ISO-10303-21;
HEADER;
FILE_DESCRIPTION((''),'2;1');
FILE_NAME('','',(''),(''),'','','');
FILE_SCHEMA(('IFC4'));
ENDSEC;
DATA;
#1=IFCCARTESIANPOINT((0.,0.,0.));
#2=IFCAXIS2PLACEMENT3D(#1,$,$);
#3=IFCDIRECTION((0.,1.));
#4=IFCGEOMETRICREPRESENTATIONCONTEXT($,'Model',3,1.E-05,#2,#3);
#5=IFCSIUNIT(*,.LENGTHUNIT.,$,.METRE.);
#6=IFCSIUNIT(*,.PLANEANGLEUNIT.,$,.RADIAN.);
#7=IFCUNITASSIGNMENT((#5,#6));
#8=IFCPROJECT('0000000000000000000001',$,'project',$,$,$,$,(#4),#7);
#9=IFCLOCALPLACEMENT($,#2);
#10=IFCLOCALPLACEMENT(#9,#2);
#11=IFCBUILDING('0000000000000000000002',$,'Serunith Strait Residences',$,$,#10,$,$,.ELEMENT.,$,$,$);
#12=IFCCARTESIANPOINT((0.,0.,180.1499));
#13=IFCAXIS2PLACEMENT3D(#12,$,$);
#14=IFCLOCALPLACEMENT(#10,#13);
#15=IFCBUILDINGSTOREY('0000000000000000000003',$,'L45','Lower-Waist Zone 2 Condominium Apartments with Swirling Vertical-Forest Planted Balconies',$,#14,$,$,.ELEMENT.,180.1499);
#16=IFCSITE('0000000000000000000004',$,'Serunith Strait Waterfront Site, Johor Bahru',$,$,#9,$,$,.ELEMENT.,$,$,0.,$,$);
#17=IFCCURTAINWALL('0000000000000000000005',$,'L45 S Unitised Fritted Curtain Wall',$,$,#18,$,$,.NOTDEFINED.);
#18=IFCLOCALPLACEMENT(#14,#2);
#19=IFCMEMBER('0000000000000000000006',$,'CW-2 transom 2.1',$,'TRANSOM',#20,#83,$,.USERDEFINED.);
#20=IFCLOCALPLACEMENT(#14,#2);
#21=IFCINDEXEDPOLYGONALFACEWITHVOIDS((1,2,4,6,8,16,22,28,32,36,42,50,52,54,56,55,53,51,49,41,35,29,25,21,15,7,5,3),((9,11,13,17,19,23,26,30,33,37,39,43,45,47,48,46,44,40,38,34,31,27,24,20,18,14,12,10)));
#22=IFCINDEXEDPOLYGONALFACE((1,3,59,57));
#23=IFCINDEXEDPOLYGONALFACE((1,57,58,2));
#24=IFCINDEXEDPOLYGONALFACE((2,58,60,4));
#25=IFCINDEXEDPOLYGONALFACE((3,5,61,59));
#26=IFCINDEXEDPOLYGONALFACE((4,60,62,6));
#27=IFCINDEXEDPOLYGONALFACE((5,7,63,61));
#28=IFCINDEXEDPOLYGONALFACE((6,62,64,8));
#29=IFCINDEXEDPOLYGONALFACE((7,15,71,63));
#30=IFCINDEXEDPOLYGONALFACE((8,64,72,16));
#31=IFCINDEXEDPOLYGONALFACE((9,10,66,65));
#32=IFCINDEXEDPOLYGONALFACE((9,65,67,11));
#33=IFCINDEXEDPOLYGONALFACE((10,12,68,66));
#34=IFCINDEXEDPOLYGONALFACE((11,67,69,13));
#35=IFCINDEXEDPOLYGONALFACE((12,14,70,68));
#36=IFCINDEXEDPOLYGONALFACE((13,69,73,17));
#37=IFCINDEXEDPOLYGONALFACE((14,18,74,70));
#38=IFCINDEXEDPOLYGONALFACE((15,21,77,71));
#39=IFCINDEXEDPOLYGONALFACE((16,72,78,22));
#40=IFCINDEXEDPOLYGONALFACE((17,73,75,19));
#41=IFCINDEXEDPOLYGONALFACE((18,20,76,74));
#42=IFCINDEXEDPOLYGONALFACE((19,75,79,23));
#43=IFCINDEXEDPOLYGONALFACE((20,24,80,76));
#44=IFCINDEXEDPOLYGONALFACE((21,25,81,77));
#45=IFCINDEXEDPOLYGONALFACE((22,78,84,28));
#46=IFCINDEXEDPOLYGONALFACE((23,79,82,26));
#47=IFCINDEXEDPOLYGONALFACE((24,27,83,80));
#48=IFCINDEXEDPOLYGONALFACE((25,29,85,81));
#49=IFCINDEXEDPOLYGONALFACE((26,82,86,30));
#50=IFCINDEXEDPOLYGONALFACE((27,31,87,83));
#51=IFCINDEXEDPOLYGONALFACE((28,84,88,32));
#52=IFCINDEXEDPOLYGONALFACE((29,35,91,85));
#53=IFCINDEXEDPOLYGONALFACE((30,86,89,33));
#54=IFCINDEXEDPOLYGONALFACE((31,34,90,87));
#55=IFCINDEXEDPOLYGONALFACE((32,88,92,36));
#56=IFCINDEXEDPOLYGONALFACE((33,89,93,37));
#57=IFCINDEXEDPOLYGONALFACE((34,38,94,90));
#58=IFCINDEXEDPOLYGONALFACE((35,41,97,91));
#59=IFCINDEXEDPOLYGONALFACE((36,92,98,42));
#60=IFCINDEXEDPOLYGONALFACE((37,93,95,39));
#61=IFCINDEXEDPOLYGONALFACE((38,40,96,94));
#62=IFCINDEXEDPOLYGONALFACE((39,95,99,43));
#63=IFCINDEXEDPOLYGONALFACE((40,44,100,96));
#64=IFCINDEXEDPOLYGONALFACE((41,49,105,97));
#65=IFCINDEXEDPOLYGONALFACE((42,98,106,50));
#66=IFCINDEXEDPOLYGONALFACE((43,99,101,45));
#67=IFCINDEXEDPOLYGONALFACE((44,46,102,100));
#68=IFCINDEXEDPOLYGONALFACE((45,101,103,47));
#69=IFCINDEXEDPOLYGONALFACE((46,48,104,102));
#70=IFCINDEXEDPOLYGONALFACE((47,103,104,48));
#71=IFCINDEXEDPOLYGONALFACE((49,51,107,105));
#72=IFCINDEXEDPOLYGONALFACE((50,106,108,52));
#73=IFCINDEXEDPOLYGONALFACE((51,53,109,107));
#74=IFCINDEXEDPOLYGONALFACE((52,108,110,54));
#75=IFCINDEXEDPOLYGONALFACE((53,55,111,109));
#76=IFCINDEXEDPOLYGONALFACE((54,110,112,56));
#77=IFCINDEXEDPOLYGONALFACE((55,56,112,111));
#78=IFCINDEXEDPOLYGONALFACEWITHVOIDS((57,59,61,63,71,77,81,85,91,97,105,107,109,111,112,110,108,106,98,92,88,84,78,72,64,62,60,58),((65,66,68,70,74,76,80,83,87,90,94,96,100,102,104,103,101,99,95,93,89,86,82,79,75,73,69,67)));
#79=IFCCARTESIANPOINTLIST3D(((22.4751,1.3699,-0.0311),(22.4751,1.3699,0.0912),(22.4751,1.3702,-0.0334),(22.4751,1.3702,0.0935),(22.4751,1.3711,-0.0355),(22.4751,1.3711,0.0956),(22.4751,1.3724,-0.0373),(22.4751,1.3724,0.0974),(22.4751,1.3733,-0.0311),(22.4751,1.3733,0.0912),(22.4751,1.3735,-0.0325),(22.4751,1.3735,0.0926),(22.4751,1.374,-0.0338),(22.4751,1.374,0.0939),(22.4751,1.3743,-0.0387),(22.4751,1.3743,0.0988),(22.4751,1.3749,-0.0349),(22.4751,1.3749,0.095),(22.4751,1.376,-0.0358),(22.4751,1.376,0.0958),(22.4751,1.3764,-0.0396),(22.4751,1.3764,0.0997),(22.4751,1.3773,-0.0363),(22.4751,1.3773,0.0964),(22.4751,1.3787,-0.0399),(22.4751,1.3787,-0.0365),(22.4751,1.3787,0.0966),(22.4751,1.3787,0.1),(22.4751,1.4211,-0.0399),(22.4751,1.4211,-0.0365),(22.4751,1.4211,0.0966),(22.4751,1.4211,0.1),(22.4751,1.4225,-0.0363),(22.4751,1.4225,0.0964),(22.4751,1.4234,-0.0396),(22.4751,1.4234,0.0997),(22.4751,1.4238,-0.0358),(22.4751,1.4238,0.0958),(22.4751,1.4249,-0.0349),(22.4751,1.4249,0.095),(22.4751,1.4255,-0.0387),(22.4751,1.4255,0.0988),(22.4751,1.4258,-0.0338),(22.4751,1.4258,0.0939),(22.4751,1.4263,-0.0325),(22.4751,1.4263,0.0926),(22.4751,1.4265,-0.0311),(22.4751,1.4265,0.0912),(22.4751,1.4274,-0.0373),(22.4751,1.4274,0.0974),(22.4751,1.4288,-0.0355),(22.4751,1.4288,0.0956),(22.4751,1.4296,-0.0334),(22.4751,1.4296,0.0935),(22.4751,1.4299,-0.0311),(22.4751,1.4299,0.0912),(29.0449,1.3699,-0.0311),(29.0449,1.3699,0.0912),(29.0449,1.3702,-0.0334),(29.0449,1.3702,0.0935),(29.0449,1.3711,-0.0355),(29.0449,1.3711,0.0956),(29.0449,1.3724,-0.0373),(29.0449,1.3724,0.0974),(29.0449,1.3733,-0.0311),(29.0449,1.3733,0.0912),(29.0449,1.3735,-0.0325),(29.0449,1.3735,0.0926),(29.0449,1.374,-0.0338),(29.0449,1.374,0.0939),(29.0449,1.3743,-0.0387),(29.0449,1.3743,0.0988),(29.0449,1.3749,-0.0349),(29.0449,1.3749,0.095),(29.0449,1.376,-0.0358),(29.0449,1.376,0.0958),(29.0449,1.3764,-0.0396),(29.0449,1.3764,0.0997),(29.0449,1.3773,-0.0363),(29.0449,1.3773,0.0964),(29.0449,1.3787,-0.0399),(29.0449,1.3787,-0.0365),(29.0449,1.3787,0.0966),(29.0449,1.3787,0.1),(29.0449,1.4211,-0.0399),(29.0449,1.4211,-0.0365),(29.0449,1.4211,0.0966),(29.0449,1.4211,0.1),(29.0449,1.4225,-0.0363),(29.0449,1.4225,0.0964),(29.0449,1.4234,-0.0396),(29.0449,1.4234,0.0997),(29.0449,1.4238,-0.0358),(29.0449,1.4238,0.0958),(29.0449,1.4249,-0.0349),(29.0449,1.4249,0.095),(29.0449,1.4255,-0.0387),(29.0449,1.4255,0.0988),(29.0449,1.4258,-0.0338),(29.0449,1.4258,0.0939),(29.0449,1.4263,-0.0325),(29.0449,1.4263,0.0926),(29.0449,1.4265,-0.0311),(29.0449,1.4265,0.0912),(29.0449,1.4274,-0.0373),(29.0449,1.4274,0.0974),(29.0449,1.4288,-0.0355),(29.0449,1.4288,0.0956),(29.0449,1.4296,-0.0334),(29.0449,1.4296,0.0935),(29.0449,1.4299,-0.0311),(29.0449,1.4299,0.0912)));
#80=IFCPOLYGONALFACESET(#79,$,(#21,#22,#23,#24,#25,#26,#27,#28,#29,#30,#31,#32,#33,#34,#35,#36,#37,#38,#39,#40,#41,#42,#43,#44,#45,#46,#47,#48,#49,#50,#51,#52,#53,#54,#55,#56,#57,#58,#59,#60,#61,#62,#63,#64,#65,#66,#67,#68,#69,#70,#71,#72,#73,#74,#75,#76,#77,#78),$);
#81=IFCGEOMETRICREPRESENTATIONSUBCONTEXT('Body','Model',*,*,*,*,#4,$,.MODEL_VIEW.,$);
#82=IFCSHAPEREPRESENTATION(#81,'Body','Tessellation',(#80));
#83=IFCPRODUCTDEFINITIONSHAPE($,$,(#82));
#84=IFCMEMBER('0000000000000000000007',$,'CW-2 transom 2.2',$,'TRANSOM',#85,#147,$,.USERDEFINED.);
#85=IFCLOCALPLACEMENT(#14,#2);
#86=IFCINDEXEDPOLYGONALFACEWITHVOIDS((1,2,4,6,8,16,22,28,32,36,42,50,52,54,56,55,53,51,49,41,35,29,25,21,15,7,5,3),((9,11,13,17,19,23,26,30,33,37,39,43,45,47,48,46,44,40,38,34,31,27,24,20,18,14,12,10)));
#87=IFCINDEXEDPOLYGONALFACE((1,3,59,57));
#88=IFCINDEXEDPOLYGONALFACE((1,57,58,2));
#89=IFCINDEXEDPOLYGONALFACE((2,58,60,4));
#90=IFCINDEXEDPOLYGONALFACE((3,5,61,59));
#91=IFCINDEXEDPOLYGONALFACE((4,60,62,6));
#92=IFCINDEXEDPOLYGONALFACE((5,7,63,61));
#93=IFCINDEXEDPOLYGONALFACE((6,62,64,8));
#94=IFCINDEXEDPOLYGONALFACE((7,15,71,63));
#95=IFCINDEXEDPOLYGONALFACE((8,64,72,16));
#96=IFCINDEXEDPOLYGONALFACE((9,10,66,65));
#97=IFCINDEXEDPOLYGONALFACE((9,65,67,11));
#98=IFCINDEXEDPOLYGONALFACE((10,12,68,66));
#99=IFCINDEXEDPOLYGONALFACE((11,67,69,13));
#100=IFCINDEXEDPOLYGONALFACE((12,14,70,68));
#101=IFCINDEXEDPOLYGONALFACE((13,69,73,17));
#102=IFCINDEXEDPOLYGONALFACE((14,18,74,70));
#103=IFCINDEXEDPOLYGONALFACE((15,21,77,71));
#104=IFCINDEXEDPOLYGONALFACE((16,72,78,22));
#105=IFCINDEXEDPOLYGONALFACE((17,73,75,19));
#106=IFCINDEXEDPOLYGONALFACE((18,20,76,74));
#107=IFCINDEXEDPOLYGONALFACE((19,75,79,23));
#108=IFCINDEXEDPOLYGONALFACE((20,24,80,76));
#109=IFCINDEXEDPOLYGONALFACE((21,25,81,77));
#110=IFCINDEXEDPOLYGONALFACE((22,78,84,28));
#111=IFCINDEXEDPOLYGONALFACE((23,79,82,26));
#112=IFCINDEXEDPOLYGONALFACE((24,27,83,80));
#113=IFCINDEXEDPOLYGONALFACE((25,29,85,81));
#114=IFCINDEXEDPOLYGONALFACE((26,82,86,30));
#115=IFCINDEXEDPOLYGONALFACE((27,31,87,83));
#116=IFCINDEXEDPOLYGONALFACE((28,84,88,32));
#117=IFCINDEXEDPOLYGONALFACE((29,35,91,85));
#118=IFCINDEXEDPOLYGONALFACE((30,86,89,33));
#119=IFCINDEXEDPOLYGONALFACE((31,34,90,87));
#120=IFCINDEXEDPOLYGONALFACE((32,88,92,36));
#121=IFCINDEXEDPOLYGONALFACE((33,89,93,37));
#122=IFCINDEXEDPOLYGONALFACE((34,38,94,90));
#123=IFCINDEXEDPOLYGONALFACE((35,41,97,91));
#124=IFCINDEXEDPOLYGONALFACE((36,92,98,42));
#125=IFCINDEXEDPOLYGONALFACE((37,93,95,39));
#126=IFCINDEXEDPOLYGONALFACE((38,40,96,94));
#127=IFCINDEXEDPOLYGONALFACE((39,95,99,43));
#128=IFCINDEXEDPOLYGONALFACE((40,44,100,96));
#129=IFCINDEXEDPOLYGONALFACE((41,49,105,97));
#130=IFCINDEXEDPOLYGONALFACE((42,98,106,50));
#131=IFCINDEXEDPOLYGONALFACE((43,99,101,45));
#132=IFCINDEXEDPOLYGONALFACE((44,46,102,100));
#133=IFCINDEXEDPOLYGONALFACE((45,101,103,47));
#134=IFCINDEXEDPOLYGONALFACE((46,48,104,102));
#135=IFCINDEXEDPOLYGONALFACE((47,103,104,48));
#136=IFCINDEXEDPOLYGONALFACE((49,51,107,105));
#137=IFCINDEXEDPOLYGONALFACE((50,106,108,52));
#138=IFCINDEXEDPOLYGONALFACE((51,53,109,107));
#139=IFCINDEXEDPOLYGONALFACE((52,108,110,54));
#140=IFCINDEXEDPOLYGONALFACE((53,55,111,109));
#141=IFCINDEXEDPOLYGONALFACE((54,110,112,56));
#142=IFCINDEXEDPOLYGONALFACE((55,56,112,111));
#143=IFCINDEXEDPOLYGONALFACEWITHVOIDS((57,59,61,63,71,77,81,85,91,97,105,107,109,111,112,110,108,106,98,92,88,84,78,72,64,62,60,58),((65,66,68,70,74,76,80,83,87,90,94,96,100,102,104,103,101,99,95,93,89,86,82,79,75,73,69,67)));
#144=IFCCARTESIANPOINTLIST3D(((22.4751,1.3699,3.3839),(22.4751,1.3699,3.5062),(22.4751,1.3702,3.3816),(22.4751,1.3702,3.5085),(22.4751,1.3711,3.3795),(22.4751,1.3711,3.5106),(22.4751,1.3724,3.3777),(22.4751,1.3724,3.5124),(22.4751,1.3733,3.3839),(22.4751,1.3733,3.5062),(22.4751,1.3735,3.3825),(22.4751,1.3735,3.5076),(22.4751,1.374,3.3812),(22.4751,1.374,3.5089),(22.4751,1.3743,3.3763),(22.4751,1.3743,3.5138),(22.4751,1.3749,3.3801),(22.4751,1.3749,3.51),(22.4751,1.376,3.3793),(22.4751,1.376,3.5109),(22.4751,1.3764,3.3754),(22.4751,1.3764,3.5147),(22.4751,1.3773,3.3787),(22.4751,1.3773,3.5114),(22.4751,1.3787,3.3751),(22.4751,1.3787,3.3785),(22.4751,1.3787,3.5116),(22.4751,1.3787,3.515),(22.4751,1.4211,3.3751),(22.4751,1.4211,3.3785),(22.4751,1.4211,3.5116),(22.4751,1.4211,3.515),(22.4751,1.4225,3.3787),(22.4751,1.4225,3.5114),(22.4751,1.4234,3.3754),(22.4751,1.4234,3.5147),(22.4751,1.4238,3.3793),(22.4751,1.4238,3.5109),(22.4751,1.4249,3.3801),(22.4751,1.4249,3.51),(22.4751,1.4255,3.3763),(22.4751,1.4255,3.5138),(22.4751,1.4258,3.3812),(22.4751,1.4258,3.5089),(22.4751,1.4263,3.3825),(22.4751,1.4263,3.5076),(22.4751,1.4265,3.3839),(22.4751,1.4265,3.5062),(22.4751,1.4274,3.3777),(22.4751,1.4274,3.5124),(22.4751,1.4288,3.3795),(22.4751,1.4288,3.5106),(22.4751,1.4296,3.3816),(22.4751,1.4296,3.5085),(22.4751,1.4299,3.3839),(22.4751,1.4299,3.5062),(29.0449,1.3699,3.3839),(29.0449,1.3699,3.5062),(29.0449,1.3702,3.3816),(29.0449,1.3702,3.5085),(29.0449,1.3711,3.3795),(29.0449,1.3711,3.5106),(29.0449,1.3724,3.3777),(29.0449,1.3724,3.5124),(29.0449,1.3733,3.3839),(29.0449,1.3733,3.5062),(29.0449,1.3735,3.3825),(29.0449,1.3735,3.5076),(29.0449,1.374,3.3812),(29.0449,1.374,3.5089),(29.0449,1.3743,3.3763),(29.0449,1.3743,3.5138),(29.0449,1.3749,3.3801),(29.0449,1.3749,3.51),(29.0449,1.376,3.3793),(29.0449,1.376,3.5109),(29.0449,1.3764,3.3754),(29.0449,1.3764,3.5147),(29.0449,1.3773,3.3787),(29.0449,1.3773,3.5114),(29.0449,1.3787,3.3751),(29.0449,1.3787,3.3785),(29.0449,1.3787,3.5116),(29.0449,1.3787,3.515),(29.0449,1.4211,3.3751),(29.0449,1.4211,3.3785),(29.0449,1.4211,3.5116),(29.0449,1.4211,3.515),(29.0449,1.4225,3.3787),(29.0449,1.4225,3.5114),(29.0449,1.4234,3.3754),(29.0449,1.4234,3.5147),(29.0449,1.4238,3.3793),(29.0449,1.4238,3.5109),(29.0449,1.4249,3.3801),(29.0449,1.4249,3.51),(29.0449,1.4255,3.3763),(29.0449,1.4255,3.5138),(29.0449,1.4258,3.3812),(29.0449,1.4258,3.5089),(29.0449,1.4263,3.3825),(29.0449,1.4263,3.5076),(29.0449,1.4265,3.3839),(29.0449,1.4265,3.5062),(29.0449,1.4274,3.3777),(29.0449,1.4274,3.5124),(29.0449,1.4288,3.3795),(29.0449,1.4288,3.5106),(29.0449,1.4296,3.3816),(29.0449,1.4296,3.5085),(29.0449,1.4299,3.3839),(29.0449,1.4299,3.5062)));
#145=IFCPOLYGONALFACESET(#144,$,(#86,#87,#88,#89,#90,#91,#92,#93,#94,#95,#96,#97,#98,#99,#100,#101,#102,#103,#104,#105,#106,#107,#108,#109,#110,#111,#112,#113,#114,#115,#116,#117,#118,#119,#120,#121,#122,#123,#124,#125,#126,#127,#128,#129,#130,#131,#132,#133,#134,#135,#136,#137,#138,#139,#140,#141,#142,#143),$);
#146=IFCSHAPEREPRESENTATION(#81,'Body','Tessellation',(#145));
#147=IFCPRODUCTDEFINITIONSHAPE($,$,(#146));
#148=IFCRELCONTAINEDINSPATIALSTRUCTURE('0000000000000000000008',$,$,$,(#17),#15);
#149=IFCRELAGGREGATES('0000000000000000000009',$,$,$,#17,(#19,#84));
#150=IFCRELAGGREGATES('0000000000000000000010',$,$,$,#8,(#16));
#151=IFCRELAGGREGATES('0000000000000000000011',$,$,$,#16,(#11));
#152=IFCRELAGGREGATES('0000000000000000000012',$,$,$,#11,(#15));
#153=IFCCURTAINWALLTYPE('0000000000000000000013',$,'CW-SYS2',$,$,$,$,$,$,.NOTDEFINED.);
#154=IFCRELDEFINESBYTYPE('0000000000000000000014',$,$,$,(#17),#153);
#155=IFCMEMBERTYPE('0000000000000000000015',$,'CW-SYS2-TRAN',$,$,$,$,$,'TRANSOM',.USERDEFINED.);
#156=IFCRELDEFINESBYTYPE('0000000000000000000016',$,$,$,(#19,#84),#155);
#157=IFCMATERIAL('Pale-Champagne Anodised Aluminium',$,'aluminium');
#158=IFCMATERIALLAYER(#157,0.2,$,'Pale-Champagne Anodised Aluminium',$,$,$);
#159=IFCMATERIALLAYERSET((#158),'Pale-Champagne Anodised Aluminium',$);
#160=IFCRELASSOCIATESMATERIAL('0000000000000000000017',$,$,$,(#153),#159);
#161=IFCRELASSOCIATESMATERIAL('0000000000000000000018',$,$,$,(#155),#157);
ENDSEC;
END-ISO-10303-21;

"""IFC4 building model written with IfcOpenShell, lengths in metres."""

from ifc_helpers import new_model, si_unit, direction, frame, origin, origin_2d, place, context, subcontext, project, spatial, hollow_rectangle, extrude, source, transform, mapped, material, layer, layer_set, material_profile, profile_set, type_object, element, aggregate, save


model = new_model("IFC4")

# Units and contexts
model_context = context("Model", 3, precision=1e-05, world=origin(), true_north=direction((0.0, 1.0)))
body_context = subcontext(model_context, "Body", "Model", "MODEL_VIEW")
ifc_project = project(units=[si_unit("LENGTHUNIT", "METRE"), si_unit("PLANEANGLEUNIT", "RADIAN")], contexts=[model_context])

# Site, building, storey
site_placement = place(None, origin())
site = spatial("IfcSite", under=ifc_project, at=site_placement, Name="Serunith Strait Waterfront Site, Johor Bahru", CompositionType="ELEMENT", RefElevation=0.0)
building_placement = place(site_placement, origin())
building = spatial("IfcBuilding", under=site, at=building_placement, Name="Serunith Strait Residences", CompositionType="ELEMENT")
storey_placement = place(building_placement, frame((0.0, 0.0, 180.1499)))
storey = spatial("IfcBuildingStorey", under=building, at=storey_placement, Name="L45", Description="Lower-Waist Zone 2 Condominium Apartments with Swirling Vertical-Forest Planted Balconies", CompositionType="ELEMENT", Elevation=180.1499)

# Curtain wall, members
ifc_material_1 = material(Name="Pale-Champagne Anodised Aluminium", Category="aluminium")
ifc_layer_1 = layer(ifc_material_1, 0.2, Name="Pale-Champagne Anodised Aluminium")
ifc_layer_set_1 = layer_set([ifc_layer_1], Name="Pale-Champagne Anodised Aluminium")
curtain_wall_type = type_object("IfcCurtainWallType", Name="CW-SYS2", PredefinedType="NOTDEFINED", material=ifc_layer_set_1)
curtain_wall_placement = place(storey_placement, origin())
curtain_wall = element("IfcCurtainWall", 1, at=curtain_wall_placement, inside=storey, type_object=curtain_wall_type, Name="L45 S Unitised Fritted Curtain Wall", PredefinedType="NOTDEFINED")
ifc_material_profile_1 = material_profile(ifc_material_1, hollow_rectangle(XDim=0.0601, YDim=0.1399, WallThickness=0.0034, InnerFilletRadius=0.0054, OuterFilletRadius=0.0088, at=origin_2d()), Name="ALU 140x60x3.5")
ifc_profile_set_1 = profile_set([ifc_material_profile_1], Name="Pale-Champagne Anodised Aluminium")
member_type_1 = type_object("IfcMemberType", Name="CW-SYS2-TRAN", ElementType="TRANSOM", PredefinedType="USERDEFINED", material=ifc_profile_set_1)
shared_shape_1 = source(origin(), body_context, "Body", "SweptSolid", [
    extrude(hollow_rectangle(XDim=0.0601, YDim=0.1399, WallThickness=0.0034, InnerFilletRadius=0.0054, OuterFilletRadius=0.0088, at=origin_2d()), origin(), (0.0, 0.0, 1.0), 6.5698),
])
member_1_placement = place(storey_placement, frame((22.4751, 1.3999, 0.03), z_axis=(1.0, 0.0, 0.0), x_axis=(0.0, 1.0, 0.0)))
member_1 = element("IfcMember", 2, at=member_1_placement, type_object=member_type_1, Name="CW-2 transom 2.1", ObjectType="TRANSOM", PredefinedType="USERDEFINED", context=body_context, shape_type="MappedRepresentation", body=[
    mapped(shared_shape_1, transform((0.0, 0.0, 0.0), scale=1.0)),
])
member_2_placement = place(storey_placement, frame((22.4751, 1.3999, 3.4451), z_axis=(1.0, 0.0, 0.0), x_axis=(0.0, 1.0, 0.0)))
member_2 = element("IfcMember", 3, at=member_2_placement, type_object=member_type_1, Name="CW-2 transom 2.2", ObjectType="TRANSOM", PredefinedType="USERDEFINED", context=body_context, shape_type="MappedRepresentation", body=[
    mapped(shared_shape_1, transform((0.0, 0.0, 0.0), scale=1.0)),
])
aggregate(curtain_wall, [member_1, member_2])

save(model, "model.ifc")
